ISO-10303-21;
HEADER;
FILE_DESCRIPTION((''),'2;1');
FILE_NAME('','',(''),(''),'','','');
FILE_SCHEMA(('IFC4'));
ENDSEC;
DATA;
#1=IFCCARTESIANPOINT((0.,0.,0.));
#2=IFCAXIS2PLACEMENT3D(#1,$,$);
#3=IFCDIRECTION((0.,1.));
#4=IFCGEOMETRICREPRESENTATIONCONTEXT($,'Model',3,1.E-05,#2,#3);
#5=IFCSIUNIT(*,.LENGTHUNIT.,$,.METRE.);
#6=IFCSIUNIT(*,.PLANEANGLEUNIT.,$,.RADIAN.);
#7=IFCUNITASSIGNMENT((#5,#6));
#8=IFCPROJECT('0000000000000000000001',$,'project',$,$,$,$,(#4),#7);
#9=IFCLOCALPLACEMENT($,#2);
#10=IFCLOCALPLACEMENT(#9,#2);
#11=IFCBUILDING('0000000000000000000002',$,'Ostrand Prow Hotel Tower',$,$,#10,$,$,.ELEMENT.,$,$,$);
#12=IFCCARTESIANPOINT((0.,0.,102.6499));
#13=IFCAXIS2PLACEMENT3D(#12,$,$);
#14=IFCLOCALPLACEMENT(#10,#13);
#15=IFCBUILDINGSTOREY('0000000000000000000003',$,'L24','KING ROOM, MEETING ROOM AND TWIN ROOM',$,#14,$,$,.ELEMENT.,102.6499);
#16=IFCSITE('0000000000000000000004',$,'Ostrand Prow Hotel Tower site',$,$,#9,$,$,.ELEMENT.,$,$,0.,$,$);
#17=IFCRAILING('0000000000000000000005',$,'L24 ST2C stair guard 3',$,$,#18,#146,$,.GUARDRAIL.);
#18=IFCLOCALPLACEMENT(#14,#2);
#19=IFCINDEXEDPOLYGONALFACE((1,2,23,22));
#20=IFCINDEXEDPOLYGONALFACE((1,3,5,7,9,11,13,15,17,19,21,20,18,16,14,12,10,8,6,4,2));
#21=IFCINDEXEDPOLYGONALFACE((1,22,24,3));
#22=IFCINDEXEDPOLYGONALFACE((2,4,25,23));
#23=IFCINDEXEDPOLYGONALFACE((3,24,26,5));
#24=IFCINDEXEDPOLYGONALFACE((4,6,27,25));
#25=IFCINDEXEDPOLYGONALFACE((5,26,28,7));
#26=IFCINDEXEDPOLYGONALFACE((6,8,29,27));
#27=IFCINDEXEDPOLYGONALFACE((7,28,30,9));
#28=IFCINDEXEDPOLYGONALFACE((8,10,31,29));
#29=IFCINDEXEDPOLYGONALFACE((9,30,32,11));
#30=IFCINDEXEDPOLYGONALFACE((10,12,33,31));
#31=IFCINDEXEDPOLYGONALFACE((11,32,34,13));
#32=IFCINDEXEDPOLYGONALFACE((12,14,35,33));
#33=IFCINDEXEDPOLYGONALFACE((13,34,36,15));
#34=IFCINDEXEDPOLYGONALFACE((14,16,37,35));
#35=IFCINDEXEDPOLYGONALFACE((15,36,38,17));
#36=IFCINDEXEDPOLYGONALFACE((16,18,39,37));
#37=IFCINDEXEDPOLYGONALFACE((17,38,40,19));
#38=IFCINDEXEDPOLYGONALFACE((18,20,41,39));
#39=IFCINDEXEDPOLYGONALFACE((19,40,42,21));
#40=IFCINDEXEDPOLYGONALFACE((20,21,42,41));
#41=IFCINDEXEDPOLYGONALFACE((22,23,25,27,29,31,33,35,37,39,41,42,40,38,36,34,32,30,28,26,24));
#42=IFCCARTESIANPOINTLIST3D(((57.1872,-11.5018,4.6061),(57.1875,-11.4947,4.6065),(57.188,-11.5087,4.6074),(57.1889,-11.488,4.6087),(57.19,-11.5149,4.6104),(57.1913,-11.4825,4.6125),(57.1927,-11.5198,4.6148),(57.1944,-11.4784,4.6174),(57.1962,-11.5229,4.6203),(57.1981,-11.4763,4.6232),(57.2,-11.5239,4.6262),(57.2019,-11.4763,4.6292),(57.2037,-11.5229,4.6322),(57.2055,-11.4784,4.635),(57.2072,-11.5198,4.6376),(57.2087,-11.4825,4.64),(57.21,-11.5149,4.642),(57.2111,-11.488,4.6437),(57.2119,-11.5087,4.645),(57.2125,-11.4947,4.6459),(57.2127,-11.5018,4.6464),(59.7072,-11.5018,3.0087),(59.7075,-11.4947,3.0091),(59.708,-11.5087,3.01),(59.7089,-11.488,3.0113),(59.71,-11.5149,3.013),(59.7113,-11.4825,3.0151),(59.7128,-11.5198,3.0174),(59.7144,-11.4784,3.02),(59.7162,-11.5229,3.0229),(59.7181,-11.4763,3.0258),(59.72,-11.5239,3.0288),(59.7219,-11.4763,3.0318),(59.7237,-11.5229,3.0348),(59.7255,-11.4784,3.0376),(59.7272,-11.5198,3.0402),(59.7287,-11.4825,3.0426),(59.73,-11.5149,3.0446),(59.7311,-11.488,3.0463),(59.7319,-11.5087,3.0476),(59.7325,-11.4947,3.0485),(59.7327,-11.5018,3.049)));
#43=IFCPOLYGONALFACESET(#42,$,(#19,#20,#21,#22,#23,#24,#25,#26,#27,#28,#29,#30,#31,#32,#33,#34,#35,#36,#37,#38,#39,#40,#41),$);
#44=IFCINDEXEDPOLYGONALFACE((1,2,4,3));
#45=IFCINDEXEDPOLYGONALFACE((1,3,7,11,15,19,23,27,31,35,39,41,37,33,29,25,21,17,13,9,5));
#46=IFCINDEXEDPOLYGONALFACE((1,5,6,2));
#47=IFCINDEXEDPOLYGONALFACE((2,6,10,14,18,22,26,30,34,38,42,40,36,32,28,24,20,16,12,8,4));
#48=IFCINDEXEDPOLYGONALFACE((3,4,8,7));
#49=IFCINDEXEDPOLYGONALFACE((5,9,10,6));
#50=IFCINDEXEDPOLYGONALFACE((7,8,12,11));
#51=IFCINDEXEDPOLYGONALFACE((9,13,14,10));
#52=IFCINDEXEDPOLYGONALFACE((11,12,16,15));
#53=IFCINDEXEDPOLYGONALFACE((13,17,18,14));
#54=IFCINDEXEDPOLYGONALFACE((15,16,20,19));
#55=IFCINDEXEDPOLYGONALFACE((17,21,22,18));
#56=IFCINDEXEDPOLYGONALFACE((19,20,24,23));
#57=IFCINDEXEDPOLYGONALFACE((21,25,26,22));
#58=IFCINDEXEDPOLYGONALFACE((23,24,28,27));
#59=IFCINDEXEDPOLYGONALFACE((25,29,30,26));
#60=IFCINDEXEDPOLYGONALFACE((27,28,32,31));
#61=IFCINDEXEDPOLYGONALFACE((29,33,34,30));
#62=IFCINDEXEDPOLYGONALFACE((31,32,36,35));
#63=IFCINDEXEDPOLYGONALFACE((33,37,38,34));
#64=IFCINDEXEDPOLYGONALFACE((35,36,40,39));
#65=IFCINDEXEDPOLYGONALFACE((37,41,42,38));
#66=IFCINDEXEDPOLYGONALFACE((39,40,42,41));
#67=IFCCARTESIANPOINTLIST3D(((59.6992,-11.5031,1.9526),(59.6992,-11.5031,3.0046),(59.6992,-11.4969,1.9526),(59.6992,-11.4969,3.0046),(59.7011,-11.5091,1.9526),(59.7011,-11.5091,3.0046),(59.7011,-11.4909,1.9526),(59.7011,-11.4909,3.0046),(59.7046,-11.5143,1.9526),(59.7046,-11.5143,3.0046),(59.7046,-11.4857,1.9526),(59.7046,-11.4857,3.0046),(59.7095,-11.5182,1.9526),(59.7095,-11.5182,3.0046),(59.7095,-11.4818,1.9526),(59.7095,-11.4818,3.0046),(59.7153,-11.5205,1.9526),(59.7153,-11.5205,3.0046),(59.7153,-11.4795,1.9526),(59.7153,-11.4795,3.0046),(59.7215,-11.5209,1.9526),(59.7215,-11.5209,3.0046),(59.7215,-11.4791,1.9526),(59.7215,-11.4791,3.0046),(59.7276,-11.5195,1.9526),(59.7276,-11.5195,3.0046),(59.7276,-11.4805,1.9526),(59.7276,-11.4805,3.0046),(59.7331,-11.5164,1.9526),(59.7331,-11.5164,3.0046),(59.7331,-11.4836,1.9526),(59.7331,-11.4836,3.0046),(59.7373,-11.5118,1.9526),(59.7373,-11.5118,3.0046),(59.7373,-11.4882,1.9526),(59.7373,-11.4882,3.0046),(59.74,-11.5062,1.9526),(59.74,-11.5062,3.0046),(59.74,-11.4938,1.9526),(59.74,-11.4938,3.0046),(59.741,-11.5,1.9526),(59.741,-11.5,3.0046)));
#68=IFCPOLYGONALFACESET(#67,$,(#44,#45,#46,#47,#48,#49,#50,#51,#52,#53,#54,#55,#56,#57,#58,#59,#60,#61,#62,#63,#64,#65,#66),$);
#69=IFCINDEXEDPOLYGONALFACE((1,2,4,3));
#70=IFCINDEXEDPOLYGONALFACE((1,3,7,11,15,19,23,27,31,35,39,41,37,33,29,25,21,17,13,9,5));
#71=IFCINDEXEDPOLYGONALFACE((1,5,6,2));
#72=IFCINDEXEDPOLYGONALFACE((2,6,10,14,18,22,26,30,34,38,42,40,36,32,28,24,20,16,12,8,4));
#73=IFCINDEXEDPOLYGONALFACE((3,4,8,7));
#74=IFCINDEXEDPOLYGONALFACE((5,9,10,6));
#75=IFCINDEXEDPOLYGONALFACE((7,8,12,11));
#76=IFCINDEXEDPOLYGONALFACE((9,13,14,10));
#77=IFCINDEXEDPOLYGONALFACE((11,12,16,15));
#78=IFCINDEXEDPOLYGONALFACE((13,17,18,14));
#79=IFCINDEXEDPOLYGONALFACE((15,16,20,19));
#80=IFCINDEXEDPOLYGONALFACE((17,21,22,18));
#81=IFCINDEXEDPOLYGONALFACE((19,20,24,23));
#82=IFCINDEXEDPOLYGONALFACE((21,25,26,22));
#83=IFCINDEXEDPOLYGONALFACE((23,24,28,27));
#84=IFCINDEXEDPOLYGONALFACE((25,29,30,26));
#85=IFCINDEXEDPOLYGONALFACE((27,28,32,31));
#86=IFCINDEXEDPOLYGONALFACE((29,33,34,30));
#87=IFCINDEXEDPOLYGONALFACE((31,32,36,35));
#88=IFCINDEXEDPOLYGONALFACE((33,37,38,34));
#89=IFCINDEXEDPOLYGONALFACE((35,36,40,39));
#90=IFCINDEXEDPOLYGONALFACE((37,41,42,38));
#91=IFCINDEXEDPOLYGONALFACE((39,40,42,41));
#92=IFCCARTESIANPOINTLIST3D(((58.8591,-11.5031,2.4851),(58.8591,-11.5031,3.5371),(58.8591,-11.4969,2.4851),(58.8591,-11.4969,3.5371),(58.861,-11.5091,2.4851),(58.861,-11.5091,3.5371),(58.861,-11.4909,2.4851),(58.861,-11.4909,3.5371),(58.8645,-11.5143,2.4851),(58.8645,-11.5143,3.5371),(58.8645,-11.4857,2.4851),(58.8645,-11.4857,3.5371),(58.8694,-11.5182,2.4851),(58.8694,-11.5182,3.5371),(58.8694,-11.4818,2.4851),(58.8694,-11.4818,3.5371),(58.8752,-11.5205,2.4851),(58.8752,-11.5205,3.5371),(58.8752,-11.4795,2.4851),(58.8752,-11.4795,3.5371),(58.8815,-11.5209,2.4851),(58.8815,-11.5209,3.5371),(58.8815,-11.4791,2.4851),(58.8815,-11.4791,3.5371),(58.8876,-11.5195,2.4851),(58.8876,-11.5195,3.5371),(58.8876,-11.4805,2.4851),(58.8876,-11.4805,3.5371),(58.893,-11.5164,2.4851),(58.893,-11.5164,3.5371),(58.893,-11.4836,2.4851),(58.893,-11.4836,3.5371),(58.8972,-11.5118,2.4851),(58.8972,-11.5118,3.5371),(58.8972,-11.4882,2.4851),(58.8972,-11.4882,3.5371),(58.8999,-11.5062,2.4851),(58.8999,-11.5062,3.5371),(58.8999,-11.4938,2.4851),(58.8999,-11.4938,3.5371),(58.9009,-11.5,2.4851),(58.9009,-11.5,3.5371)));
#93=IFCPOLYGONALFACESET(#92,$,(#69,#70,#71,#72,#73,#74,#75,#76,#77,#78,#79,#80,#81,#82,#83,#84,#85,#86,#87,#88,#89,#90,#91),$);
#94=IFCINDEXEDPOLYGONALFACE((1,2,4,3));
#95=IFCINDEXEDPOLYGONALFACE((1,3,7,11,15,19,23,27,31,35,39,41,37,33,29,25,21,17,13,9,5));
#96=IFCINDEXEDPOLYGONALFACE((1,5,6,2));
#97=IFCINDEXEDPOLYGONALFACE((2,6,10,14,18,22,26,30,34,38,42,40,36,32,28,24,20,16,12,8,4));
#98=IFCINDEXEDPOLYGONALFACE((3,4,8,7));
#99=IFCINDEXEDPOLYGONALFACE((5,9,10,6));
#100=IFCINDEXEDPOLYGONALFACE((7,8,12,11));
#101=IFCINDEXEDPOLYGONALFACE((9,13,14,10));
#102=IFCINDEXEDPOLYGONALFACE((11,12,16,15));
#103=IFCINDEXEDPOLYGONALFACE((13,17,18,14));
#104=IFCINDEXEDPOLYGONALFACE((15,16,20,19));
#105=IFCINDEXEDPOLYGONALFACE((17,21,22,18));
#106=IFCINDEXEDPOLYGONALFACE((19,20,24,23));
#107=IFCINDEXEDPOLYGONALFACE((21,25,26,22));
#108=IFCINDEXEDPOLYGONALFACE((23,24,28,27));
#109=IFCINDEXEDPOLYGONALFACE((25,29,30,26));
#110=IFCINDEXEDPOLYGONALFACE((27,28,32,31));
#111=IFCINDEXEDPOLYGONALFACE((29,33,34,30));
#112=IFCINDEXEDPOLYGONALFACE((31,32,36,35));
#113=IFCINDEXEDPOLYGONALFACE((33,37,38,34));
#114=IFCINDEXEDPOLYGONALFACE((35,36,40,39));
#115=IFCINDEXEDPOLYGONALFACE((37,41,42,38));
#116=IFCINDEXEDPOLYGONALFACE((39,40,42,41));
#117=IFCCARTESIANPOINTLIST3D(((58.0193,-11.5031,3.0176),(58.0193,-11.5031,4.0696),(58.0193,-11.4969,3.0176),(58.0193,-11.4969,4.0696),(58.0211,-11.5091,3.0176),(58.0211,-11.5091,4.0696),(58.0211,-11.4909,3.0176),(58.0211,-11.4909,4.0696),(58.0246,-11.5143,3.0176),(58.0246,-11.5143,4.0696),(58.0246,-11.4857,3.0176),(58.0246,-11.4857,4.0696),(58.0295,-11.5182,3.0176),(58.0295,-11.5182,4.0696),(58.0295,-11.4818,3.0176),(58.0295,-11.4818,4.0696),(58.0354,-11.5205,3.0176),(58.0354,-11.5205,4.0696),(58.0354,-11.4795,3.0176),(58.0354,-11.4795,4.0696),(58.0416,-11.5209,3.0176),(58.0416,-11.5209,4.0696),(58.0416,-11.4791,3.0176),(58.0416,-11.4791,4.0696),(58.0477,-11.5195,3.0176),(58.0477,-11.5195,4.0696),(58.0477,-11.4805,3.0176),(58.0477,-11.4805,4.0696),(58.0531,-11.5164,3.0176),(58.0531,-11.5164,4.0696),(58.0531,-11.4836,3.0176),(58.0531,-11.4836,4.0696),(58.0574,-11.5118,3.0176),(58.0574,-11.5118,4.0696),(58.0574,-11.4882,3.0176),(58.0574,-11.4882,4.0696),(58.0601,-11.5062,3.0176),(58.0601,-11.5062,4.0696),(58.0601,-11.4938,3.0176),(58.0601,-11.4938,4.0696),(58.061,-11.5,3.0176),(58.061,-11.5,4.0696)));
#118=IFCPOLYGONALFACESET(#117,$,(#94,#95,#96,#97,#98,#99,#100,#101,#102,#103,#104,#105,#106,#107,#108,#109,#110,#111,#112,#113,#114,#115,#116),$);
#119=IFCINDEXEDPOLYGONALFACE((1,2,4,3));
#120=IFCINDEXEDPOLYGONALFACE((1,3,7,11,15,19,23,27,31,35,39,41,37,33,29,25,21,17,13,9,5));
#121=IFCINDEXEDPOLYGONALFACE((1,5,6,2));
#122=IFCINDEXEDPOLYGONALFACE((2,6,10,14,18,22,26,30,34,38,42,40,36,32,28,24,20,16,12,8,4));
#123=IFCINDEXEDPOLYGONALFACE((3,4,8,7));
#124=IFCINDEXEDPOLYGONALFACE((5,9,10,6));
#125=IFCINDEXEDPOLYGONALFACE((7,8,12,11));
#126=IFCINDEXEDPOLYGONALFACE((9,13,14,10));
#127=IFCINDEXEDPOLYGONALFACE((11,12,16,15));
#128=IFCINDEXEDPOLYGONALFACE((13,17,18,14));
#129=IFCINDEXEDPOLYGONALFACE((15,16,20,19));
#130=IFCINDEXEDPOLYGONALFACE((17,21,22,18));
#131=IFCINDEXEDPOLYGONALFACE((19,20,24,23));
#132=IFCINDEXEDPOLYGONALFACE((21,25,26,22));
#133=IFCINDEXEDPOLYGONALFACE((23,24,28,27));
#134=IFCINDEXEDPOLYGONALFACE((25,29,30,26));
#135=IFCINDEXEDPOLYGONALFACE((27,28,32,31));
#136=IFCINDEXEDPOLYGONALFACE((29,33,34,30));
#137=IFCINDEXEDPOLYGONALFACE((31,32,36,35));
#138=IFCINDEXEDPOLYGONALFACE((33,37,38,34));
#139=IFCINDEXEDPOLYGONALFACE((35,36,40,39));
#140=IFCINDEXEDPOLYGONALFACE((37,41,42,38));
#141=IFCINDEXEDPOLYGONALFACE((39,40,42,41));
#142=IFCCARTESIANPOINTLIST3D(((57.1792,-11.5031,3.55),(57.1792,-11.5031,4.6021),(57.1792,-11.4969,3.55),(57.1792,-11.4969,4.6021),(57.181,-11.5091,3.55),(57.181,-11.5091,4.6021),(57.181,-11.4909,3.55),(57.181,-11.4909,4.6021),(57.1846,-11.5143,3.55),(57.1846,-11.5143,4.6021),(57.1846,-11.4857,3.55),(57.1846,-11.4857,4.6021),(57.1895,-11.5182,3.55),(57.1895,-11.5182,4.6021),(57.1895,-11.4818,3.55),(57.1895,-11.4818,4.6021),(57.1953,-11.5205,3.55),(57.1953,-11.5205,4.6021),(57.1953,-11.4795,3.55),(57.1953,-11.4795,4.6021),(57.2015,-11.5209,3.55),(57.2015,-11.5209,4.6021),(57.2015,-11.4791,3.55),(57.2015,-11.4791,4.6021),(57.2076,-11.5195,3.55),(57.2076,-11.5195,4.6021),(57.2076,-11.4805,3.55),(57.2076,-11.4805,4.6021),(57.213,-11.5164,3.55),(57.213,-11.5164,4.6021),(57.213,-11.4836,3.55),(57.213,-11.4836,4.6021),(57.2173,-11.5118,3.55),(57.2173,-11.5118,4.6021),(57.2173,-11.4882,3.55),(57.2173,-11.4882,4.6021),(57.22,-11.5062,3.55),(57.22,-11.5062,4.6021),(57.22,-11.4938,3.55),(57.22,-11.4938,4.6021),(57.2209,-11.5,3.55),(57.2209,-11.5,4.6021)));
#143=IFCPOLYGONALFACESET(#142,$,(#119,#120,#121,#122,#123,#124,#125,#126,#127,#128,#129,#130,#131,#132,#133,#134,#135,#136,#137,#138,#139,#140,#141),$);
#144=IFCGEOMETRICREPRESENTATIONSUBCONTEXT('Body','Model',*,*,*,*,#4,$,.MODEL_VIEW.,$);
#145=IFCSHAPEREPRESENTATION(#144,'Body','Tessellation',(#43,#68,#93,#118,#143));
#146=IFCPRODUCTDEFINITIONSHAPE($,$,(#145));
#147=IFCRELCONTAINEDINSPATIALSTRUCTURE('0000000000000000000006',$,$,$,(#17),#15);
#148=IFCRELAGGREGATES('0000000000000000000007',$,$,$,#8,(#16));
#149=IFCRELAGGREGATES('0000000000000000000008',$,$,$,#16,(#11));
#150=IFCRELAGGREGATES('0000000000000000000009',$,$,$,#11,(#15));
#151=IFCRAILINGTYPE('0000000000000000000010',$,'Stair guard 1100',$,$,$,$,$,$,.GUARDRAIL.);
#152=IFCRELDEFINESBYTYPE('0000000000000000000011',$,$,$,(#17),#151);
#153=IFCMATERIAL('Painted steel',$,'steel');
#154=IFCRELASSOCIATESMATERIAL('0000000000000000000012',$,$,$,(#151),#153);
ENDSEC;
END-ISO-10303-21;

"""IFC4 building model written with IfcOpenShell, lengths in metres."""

from ifc_helpers import new_model, si_unit, direction, frame, origin, origin_2d, place, context, subcontext, project, spatial, circle, extrude, material, type_object, element, save


model = new_model("IFC4")

# Units and contexts
model_context = context("Model", 3, precision=1e-05, world=origin(), true_north=direction((0.0, 1.0)))
body_context = subcontext(model_context, "Body", "Model", "MODEL_VIEW")
ifc_project = project(units=[si_unit("LENGTHUNIT", "METRE"), si_unit("PLANEANGLEUNIT", "RADIAN")], contexts=[model_context])

# Site, building, storey
site_placement = place(None, origin())
site = spatial("IfcSite", under=ifc_project, at=site_placement, Name="Ostrand Prow Hotel Tower site", CompositionType="ELEMENT", RefElevation=0.0)
building_placement = place(site_placement, origin())
building = spatial("IfcBuilding", under=site, at=building_placement, Name="Ostrand Prow Hotel Tower", CompositionType="ELEMENT")
storey_placement = place(building_placement, frame((0.0, 0.0, 102.6499)))
storey = spatial("IfcBuildingStorey", under=building, at=storey_placement, Name="L24", Description="KING ROOM, MEETING ROOM AND TWIN ROOM", CompositionType="ELEMENT", Elevation=102.6499)

# Railing
ifc_material_1 = material(Name="Painted steel", Category="steel")
railing_type_1 = type_object("IfcRailingType", Name="Stair guard 1100", PredefinedType="GUARDRAIL", material=ifc_material_1)
railing_1_placement = place(storey_placement, frame((59.72, -11.5, 1.9526)))
element("IfcRailing", 1, at=railing_1_placement, inside=storey, type_object=railing_type_1, Name="L24 ST2C stair guard 3", PredefinedType="GUARDRAIL", context=body_context, shape_type="SweptSolid", body=[
    extrude(circle(Radius=0.0239, at=origin_2d()), frame((0.0, 0.0, 1.0762), z_axis=(-0.844607, 0.0, 0.535387), x_axis=(0.0, -1.0, 0.0)), (0.0, 0.0, 1.0), 2.9836),
    extrude(circle(Radius=0.021, at=origin_2d()), origin(), (0.0, 0.0, 1.0), 1.052),
    extrude(circle(Radius=0.021, at=origin_2d()), frame((-0.8401, 0.0, 0.5325)), (0.0, 0.0, 1.0), 1.052),
    extrude(circle(Radius=0.021, at=origin_2d()), frame((-1.6799, 0.0, 1.0649)), (0.0, 0.0, 1.0), 1.052),
    extrude(circle(Radius=0.021, at=origin_2d()), frame((-2.52, 0.0, 1.5974)), (0.0, 0.0, 1.0), 1.052),
])

save(model, "model.ifc")
